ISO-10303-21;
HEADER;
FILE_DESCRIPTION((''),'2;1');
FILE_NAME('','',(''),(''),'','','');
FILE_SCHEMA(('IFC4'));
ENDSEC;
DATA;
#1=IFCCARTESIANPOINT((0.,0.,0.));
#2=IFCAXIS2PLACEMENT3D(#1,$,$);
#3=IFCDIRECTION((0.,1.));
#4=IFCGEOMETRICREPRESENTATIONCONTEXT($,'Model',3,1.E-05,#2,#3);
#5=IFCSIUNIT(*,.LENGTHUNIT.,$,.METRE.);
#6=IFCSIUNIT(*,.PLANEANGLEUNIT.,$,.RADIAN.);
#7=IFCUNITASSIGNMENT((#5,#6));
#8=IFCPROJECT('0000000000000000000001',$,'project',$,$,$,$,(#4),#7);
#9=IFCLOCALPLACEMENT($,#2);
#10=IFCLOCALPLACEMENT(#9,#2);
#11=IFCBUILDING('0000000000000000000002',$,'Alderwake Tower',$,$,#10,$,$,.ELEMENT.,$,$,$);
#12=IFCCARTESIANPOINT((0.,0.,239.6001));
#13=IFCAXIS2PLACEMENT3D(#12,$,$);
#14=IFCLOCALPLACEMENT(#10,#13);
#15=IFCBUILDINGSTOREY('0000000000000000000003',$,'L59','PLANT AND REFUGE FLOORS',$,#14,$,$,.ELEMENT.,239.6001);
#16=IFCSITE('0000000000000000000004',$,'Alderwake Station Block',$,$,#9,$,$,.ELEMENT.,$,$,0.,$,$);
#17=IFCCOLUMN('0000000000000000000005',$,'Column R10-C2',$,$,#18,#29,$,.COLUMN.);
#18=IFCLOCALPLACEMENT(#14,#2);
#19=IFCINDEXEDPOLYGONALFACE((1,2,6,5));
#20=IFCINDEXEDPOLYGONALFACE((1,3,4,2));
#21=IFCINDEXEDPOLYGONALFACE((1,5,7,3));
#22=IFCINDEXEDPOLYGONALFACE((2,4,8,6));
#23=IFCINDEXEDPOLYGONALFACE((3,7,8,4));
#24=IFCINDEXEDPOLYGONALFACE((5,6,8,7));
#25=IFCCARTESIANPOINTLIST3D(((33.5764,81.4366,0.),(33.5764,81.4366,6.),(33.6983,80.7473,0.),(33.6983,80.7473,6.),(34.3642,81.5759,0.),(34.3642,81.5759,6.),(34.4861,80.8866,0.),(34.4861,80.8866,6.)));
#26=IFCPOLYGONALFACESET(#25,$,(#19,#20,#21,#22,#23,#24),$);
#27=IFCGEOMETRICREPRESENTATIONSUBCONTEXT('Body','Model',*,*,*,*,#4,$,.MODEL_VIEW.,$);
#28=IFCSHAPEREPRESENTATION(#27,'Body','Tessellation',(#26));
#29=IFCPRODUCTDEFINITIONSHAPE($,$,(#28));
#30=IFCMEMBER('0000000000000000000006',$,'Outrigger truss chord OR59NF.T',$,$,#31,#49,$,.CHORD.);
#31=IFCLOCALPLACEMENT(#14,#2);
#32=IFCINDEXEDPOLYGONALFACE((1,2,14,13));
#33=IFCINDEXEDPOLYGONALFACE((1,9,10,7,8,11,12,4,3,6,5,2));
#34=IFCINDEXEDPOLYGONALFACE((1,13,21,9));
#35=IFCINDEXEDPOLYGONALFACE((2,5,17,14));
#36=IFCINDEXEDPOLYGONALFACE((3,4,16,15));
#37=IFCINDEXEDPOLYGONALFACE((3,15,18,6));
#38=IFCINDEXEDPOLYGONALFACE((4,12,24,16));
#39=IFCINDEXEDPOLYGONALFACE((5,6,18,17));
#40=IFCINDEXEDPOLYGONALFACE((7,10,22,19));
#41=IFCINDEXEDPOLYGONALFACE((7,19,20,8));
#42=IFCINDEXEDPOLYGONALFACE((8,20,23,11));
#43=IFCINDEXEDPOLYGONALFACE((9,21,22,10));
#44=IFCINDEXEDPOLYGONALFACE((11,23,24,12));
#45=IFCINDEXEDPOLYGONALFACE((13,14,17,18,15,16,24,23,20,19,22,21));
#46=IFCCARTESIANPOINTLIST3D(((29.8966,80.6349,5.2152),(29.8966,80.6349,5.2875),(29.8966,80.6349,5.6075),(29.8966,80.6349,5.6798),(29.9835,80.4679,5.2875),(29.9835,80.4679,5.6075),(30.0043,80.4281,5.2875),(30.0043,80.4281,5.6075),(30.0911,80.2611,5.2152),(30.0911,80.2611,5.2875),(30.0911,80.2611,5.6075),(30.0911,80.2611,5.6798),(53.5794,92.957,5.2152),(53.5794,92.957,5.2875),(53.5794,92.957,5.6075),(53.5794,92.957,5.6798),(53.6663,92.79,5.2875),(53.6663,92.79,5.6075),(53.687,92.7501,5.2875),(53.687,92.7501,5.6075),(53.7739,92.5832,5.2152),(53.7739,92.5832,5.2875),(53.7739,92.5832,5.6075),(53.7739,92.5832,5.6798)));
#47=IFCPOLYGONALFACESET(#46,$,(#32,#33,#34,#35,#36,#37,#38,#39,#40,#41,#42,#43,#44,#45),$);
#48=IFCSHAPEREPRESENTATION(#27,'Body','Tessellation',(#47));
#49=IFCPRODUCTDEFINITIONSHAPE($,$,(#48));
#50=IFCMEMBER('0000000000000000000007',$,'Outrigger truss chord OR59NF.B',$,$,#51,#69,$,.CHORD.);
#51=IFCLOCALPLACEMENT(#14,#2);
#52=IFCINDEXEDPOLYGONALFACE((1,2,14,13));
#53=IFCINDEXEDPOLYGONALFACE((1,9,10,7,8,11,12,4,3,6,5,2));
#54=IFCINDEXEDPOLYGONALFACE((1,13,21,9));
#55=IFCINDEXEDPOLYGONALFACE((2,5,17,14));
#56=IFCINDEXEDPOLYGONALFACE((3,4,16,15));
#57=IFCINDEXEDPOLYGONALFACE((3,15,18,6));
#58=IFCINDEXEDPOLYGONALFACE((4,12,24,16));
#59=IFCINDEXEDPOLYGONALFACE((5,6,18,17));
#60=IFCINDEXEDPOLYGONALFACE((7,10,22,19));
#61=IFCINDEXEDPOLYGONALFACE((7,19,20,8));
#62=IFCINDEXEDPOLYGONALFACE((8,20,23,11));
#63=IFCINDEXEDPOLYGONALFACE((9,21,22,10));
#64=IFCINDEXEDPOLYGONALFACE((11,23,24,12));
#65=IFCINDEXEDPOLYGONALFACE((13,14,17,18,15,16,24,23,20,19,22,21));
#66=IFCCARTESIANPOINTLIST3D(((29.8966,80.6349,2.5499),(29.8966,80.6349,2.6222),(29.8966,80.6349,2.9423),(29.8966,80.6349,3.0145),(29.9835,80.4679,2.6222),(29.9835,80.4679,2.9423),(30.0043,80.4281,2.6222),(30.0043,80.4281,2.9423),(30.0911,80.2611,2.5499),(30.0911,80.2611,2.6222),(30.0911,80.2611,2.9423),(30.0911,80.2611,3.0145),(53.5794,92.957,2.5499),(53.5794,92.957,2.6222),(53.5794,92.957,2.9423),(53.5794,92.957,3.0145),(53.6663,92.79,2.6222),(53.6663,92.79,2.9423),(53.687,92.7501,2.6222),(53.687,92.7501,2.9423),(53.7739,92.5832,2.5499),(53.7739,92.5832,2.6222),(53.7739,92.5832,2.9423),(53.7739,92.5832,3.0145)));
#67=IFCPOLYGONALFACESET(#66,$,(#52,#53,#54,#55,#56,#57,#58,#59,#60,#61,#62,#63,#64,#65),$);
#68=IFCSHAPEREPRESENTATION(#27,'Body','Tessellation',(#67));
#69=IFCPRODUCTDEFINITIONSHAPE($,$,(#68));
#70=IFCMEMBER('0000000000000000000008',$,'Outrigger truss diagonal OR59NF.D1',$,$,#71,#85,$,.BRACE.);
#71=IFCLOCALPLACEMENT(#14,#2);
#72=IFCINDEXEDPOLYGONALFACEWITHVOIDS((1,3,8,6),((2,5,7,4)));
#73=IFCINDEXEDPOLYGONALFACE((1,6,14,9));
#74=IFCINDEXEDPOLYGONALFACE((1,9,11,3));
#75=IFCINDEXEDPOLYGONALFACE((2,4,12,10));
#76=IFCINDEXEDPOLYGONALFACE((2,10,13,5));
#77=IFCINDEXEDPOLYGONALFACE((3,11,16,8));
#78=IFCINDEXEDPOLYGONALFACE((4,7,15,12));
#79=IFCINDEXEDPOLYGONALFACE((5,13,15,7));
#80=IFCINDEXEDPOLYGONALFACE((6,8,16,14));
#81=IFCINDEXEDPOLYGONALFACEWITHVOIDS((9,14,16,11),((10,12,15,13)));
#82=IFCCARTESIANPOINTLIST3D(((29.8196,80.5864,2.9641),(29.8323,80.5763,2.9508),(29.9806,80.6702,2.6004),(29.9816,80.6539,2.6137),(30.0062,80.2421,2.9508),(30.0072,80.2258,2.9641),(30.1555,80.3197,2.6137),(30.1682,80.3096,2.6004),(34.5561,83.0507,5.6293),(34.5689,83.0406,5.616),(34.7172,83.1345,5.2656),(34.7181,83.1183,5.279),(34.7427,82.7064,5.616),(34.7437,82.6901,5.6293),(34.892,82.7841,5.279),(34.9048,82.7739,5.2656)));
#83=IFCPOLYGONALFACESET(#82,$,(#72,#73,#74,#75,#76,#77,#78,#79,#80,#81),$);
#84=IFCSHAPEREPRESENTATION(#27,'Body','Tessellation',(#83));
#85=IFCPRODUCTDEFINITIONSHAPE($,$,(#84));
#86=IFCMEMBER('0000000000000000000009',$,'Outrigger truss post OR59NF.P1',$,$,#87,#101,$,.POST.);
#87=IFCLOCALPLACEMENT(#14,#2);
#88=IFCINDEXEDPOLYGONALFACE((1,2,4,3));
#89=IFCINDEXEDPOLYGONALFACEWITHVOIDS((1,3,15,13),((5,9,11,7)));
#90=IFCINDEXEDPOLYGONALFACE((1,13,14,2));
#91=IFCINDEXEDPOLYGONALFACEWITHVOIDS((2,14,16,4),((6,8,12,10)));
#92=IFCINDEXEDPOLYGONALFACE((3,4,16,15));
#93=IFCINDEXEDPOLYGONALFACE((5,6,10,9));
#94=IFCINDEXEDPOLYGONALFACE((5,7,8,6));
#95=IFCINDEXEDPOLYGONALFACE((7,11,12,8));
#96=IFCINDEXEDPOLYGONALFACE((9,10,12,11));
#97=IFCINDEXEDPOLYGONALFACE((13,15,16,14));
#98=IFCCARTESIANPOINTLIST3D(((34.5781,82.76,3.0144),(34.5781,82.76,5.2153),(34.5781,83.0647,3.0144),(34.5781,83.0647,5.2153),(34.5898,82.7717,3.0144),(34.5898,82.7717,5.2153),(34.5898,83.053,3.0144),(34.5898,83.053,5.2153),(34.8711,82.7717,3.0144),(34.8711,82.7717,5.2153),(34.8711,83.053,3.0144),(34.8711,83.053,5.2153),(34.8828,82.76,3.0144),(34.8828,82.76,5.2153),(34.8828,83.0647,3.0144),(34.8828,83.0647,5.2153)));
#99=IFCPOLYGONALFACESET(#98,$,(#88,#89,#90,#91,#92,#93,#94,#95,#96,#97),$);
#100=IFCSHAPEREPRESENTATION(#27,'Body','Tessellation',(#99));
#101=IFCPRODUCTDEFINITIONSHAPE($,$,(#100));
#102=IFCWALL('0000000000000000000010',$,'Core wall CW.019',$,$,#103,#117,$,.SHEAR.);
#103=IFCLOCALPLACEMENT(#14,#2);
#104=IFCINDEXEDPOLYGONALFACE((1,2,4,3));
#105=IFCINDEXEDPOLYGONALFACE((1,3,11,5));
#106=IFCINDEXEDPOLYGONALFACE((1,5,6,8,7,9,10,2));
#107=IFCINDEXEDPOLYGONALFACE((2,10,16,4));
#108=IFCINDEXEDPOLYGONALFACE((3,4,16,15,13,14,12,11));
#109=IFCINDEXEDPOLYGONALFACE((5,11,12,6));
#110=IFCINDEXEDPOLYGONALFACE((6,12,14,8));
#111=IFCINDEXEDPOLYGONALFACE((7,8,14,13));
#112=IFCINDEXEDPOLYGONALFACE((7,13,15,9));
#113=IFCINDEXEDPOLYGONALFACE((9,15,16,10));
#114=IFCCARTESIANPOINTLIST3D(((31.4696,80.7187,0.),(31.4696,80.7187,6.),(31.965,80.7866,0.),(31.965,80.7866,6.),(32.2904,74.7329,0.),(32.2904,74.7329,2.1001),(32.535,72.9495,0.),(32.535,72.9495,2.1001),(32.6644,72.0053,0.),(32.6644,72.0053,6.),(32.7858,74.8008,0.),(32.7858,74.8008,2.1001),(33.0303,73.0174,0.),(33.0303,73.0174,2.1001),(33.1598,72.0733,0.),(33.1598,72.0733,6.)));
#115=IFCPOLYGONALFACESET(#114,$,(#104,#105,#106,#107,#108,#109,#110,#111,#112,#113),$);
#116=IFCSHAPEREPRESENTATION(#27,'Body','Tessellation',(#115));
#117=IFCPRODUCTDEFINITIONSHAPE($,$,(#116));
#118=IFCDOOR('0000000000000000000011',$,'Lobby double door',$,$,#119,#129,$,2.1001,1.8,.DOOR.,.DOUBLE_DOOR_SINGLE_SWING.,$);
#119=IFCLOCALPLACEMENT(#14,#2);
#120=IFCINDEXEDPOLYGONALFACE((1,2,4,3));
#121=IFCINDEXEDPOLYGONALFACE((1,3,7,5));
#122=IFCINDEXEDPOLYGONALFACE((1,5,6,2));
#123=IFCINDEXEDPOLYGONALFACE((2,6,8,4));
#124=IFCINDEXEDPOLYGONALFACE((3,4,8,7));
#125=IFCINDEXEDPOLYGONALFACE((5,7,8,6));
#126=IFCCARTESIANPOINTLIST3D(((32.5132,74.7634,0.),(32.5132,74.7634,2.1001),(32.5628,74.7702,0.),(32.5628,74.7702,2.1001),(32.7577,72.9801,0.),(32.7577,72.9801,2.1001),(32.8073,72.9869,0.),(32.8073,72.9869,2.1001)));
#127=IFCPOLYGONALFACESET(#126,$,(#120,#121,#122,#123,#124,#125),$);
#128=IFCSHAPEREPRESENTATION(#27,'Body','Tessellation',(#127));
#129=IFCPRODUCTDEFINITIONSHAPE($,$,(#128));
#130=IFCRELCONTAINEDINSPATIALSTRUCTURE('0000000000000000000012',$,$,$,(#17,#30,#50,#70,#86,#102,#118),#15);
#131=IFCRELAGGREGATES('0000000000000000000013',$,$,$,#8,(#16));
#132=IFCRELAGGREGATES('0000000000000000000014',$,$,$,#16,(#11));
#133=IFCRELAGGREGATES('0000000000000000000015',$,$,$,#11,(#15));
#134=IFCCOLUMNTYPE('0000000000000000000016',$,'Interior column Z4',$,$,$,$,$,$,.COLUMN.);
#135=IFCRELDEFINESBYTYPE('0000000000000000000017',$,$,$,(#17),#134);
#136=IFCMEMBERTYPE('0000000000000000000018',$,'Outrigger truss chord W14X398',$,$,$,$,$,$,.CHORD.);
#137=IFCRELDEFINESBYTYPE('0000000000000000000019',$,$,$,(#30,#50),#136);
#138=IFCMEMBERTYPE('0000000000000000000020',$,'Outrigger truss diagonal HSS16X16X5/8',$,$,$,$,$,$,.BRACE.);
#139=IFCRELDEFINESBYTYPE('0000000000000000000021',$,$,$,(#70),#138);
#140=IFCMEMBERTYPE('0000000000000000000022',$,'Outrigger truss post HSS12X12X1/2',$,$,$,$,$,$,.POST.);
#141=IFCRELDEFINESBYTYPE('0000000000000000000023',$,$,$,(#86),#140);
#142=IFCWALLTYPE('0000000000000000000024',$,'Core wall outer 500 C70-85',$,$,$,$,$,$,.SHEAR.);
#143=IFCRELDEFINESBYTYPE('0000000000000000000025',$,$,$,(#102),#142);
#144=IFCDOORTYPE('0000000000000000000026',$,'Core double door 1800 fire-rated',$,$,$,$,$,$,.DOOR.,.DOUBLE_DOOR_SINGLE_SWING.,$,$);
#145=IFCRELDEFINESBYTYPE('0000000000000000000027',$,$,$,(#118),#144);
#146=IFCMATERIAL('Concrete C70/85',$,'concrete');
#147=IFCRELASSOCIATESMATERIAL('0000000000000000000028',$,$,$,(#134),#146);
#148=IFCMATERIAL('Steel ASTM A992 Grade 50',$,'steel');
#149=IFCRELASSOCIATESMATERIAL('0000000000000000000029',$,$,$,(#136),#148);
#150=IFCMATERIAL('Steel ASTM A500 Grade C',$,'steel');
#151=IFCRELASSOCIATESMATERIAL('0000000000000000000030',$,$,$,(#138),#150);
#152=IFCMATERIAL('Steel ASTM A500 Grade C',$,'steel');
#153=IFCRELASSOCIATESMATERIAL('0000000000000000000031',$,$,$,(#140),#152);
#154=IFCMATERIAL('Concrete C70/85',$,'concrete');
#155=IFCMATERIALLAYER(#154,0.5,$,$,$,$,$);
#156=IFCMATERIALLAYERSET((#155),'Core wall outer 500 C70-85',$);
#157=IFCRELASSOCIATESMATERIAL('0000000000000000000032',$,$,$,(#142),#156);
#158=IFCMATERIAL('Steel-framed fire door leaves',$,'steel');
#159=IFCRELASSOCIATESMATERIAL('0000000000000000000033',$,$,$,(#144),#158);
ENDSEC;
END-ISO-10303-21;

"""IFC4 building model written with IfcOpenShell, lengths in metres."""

from ifc_helpers import new_model, si_unit, direction, frame, frame_2d, origin, origin_2d, place, context, subcontext, project, spatial, rectangle, hollow_rectangle, i_section, extrude, material, layer, layer_set, material_profile, profile_set, type_object, element, fill, save


model = new_model("IFC4")

# Units and contexts
model_context = context("Model", 3, precision=1e-05, world=origin(), true_north=direction((0.0, 1.0)))
body_context = subcontext(model_context, "Body", "Model", "MODEL_VIEW")
ifc_project = project(units=[si_unit("LENGTHUNIT", "METRE"), si_unit("PLANEANGLEUNIT", "RADIAN")], contexts=[model_context])

# Site, building, storey
site_placement = place(None, origin())
site = spatial("IfcSite", under=ifc_project, at=site_placement, Name="Alderwake Station Block", CompositionType="ELEMENT", RefElevation=0.0)
building_placement = place(site_placement, origin())
building = spatial("IfcBuilding", under=site, at=building_placement, Name="Alderwake Tower", CompositionType="ELEMENT")
storey_placement = place(building_placement, frame((0.0, 0.0, 239.6001)))
storey = spatial("IfcBuildingStorey", under=building, at=storey_placement, Name="L59", Description="PLANT AND REFUGE FLOORS", CompositionType="ELEMENT", Elevation=239.6001)

# Column
ifc_material_1 = material(Name="Concrete C70/85", Category="concrete")
ifc_material_profile_1 = material_profile(ifc_material_1, rectangle(XDim=0.7, YDim=0.8, at=origin_2d()), Name="RC 800X700")
ifc_profile_set_1 = profile_set([ifc_material_profile_1], Name="Concrete C70/85")
column_type = type_object("IfcColumnType", Name="Interior column Z4", PredefinedType="COLUMN", material=ifc_profile_set_1)
column_placement = place(storey_placement, frame((34.0312, 81.1616, 0.0), z_axis=(0.0, 0.0, 1.0), x_axis=(-0.174109, 0.984726, 0.0)))
element("IfcColumn", 1, at=column_placement, inside=storey, type_object=column_type, Name="Column R10-C2", PredefinedType="COLUMN", context=body_context, shape_type="SweptSolid", body=[
    extrude(rectangle(XDim=0.7, YDim=0.8, at=origin_2d()), origin(), (0.0, 0.0, 1.0), 6.0),
])

# Members
ifc_material_2 = material(Name="Steel ASTM A992 Grade 50", Category="steel")
ifc_material_profile_2 = material_profile(ifc_material_2, i_section(OverallWidth=0.4214, OverallDepth=0.4646, WebThickness=0.0449, FlangeThickness=0.0723, at=origin_2d()), Name="W14X398")
ifc_profile_set_2 = profile_set([ifc_material_profile_2], Name="Steel ASTM A992 Grade 50")
member_type_1 = type_object("IfcMemberType", Name="Outrigger truss chord W14X398", PredefinedType="CHORD", material=ifc_profile_set_2)
for number, where, z_axis, x_axis, name in (
    (2, (29.9939, 80.448, 5.4475), (0.887109, 0.461561, 0.0), (-0.461561, 0.887109, 0.0), "Outrigger truss chord OR59NF.T"),
    (3, (29.9939, 80.448, 2.7822), (0.887109, 0.461561, 0.0), (-0.461561, 0.887109, 0.0), "Outrigger truss chord OR59NF.B"),
):
    element("IfcMember", number, at=place(storey_placement, frame(where, z_axis=z_axis, x_axis=x_axis)), inside=storey, type_object=member_type_1, Name=name, PredefinedType="CHORD", context=body_context, shape_type="SweptSolid", body=[
        extrude(i_section(OverallWidth=0.4214, OverallDepth=0.4646, WebThickness=0.0449, FlangeThickness=0.0723, at=origin_2d()), origin(), (0.0, 0.0, 1.0), 26.6965),
    ])
ifc_material_3 = material(Name="Steel ASTM A500 Grade C", Category="steel")
ifc_material_profile_3 = material_profile(ifc_material_3, hollow_rectangle(XDim=0.4065, YDim=0.4065, WallThickness=0.0149, at=origin_2d()), Name="HSS16X16X5/8")
ifc_profile_set_3 = profile_set([ifc_material_profile_3], Name="Steel ASTM A500 Grade C")
member_type_2 = type_object("IfcMemberType", Name="Outrigger truss diagonal HSS16X16X5/8", PredefinedType="BRACE", material=ifc_profile_set_3)
member_1_placement = place(storey_placement, frame((29.9939, 80.448, 2.7822), z_axis=(0.793719, 0.412958, 0.446628), x_axis=(-0.46155, 0.887114, 0.0)))
element("IfcMember", 4, at=member_1_placement, inside=storey, type_object=member_type_2, Name="Outrigger truss diagonal OR59NF.D1", PredefinedType="BRACE", context=body_context, shape_type="SweptSolid", body=[
    extrude(hollow_rectangle(XDim=0.4065, YDim=0.4065, WallThickness=0.0149, at=origin_2d()), origin(), (0.0, 0.0, 1.0), 5.9675),
])
ifc_material_4 = material(Name="Steel ASTM A500 Grade C", Category="steel")
ifc_material_profile_4 = material_profile(ifc_material_4, hollow_rectangle(XDim=0.3047, YDim=0.3047, WallThickness=0.0117, at=origin_2d()), Name="HSS12X12X1/2")
ifc_profile_set_4 = profile_set([ifc_material_profile_4], Name="Steel ASTM A500 Grade C")
member_type_3 = type_object("IfcMemberType", Name="Outrigger truss post HSS12X12X1/2", PredefinedType="POST", material=ifc_profile_set_4)
member_2_placement = place(storey_placement, frame((34.7305, 82.9124, 3.0144), z_axis=(0.0, 0.0, 1.0), x_axis=(1.0, 0.0, 0.0)))
element("IfcMember", 5, at=member_2_placement, inside=storey, type_object=member_type_3, Name="Outrigger truss post OR59NF.P1", PredefinedType="POST", context=body_context, shape_type="SweptSolid", body=[
    extrude(hollow_rectangle(XDim=0.3047, YDim=0.3047, WallThickness=0.0117, at=origin_2d()), origin(), (0.0, 0.0, 1.0), 2.2009),
])

# Wall, opening, door
ifc_material_5 = material(Name="Concrete C70/85", Category="concrete")
ifc_layer_1 = layer(ifc_material_5, 0.5)
ifc_layer_set_1 = layer_set([ifc_layer_1], Name="Core wall outer 500 C70-85")
wall_type_1 = type_object("IfcWallType", Name="Core wall outer 500 C70-85", PredefinedType="SHEAR", material=ifc_layer_set_1)
wall_1_placement = place(storey_placement, frame((31.7173, 80.7527, 0.0), z_axis=(0.0, 0.0, 1.0), x_axis=(0.135854, -0.990729, 0.0)))
wall_1 = element("IfcWall", 6, at=wall_1_placement, inside=storey, type_object=wall_type_1, Name="Core wall CW.019", PredefinedType="SHEAR", context=body_context, shape_type="SweptSolid", body=[
    extrude(rectangle(XDim=8.7949, YDim=0.5, at=frame_2d((4.3975, 0.0))), origin(), (0.0, 0.0, 1.0), 6.0),
])
opening_1_placement = place(wall_1_placement, frame((6.042, 0.0, 0.0)))
opening_1 = element("IfcOpeningElement", 7, at=opening_1_placement, cuts=wall_1, PredefinedType="OPENING", context=body_context, shape_type="SweptSolid", body=[
    extrude(rectangle(XDim=1.8, YDim=2.1001, at=frame_2d((0.8999, 1.05))), frame((0.0, 0.26, 0.0), z_axis=(0.0, -1.0, 0.0), x_axis=(1.0, 0.0, 0.0)), (0.0, 0.0, 1.0), 0.52),
])
ifc_material_6 = material(Name="Steel-framed fire door leaves", Category="steel")
door_type_1 = type_object("IfcDoorType", Name="Core double door 1800 fire-rated", OperationType="DOUBLE_DOOR_SINGLE_SWING", PredefinedType="DOOR", material=ifc_material_6)
door_1_placement = place(opening_1_placement, origin())
door_1 = element("IfcDoor", 8, at=door_1_placement, inside=storey, type_object=door_type_1, Name="Lobby double door", OperationType="DOUBLE_DOOR_SINGLE_SWING", OverallHeight=2.1001, OverallWidth=1.8, PredefinedType="DOOR", context=body_context, shape_type="SweptSolid", body=[
    extrude(rectangle(XDim=1.8, YDim=2.1001, at=frame_2d((0.8999, 1.05))), frame((0.0, 0.0249, 0.0), z_axis=(0.0, -1.0, 0.0), x_axis=(1.0, 0.0, 0.0)), (0.0, 0.0, 1.0), 0.05),
])
fill(opening_1, door_1)

save(model, "model.ifc")
